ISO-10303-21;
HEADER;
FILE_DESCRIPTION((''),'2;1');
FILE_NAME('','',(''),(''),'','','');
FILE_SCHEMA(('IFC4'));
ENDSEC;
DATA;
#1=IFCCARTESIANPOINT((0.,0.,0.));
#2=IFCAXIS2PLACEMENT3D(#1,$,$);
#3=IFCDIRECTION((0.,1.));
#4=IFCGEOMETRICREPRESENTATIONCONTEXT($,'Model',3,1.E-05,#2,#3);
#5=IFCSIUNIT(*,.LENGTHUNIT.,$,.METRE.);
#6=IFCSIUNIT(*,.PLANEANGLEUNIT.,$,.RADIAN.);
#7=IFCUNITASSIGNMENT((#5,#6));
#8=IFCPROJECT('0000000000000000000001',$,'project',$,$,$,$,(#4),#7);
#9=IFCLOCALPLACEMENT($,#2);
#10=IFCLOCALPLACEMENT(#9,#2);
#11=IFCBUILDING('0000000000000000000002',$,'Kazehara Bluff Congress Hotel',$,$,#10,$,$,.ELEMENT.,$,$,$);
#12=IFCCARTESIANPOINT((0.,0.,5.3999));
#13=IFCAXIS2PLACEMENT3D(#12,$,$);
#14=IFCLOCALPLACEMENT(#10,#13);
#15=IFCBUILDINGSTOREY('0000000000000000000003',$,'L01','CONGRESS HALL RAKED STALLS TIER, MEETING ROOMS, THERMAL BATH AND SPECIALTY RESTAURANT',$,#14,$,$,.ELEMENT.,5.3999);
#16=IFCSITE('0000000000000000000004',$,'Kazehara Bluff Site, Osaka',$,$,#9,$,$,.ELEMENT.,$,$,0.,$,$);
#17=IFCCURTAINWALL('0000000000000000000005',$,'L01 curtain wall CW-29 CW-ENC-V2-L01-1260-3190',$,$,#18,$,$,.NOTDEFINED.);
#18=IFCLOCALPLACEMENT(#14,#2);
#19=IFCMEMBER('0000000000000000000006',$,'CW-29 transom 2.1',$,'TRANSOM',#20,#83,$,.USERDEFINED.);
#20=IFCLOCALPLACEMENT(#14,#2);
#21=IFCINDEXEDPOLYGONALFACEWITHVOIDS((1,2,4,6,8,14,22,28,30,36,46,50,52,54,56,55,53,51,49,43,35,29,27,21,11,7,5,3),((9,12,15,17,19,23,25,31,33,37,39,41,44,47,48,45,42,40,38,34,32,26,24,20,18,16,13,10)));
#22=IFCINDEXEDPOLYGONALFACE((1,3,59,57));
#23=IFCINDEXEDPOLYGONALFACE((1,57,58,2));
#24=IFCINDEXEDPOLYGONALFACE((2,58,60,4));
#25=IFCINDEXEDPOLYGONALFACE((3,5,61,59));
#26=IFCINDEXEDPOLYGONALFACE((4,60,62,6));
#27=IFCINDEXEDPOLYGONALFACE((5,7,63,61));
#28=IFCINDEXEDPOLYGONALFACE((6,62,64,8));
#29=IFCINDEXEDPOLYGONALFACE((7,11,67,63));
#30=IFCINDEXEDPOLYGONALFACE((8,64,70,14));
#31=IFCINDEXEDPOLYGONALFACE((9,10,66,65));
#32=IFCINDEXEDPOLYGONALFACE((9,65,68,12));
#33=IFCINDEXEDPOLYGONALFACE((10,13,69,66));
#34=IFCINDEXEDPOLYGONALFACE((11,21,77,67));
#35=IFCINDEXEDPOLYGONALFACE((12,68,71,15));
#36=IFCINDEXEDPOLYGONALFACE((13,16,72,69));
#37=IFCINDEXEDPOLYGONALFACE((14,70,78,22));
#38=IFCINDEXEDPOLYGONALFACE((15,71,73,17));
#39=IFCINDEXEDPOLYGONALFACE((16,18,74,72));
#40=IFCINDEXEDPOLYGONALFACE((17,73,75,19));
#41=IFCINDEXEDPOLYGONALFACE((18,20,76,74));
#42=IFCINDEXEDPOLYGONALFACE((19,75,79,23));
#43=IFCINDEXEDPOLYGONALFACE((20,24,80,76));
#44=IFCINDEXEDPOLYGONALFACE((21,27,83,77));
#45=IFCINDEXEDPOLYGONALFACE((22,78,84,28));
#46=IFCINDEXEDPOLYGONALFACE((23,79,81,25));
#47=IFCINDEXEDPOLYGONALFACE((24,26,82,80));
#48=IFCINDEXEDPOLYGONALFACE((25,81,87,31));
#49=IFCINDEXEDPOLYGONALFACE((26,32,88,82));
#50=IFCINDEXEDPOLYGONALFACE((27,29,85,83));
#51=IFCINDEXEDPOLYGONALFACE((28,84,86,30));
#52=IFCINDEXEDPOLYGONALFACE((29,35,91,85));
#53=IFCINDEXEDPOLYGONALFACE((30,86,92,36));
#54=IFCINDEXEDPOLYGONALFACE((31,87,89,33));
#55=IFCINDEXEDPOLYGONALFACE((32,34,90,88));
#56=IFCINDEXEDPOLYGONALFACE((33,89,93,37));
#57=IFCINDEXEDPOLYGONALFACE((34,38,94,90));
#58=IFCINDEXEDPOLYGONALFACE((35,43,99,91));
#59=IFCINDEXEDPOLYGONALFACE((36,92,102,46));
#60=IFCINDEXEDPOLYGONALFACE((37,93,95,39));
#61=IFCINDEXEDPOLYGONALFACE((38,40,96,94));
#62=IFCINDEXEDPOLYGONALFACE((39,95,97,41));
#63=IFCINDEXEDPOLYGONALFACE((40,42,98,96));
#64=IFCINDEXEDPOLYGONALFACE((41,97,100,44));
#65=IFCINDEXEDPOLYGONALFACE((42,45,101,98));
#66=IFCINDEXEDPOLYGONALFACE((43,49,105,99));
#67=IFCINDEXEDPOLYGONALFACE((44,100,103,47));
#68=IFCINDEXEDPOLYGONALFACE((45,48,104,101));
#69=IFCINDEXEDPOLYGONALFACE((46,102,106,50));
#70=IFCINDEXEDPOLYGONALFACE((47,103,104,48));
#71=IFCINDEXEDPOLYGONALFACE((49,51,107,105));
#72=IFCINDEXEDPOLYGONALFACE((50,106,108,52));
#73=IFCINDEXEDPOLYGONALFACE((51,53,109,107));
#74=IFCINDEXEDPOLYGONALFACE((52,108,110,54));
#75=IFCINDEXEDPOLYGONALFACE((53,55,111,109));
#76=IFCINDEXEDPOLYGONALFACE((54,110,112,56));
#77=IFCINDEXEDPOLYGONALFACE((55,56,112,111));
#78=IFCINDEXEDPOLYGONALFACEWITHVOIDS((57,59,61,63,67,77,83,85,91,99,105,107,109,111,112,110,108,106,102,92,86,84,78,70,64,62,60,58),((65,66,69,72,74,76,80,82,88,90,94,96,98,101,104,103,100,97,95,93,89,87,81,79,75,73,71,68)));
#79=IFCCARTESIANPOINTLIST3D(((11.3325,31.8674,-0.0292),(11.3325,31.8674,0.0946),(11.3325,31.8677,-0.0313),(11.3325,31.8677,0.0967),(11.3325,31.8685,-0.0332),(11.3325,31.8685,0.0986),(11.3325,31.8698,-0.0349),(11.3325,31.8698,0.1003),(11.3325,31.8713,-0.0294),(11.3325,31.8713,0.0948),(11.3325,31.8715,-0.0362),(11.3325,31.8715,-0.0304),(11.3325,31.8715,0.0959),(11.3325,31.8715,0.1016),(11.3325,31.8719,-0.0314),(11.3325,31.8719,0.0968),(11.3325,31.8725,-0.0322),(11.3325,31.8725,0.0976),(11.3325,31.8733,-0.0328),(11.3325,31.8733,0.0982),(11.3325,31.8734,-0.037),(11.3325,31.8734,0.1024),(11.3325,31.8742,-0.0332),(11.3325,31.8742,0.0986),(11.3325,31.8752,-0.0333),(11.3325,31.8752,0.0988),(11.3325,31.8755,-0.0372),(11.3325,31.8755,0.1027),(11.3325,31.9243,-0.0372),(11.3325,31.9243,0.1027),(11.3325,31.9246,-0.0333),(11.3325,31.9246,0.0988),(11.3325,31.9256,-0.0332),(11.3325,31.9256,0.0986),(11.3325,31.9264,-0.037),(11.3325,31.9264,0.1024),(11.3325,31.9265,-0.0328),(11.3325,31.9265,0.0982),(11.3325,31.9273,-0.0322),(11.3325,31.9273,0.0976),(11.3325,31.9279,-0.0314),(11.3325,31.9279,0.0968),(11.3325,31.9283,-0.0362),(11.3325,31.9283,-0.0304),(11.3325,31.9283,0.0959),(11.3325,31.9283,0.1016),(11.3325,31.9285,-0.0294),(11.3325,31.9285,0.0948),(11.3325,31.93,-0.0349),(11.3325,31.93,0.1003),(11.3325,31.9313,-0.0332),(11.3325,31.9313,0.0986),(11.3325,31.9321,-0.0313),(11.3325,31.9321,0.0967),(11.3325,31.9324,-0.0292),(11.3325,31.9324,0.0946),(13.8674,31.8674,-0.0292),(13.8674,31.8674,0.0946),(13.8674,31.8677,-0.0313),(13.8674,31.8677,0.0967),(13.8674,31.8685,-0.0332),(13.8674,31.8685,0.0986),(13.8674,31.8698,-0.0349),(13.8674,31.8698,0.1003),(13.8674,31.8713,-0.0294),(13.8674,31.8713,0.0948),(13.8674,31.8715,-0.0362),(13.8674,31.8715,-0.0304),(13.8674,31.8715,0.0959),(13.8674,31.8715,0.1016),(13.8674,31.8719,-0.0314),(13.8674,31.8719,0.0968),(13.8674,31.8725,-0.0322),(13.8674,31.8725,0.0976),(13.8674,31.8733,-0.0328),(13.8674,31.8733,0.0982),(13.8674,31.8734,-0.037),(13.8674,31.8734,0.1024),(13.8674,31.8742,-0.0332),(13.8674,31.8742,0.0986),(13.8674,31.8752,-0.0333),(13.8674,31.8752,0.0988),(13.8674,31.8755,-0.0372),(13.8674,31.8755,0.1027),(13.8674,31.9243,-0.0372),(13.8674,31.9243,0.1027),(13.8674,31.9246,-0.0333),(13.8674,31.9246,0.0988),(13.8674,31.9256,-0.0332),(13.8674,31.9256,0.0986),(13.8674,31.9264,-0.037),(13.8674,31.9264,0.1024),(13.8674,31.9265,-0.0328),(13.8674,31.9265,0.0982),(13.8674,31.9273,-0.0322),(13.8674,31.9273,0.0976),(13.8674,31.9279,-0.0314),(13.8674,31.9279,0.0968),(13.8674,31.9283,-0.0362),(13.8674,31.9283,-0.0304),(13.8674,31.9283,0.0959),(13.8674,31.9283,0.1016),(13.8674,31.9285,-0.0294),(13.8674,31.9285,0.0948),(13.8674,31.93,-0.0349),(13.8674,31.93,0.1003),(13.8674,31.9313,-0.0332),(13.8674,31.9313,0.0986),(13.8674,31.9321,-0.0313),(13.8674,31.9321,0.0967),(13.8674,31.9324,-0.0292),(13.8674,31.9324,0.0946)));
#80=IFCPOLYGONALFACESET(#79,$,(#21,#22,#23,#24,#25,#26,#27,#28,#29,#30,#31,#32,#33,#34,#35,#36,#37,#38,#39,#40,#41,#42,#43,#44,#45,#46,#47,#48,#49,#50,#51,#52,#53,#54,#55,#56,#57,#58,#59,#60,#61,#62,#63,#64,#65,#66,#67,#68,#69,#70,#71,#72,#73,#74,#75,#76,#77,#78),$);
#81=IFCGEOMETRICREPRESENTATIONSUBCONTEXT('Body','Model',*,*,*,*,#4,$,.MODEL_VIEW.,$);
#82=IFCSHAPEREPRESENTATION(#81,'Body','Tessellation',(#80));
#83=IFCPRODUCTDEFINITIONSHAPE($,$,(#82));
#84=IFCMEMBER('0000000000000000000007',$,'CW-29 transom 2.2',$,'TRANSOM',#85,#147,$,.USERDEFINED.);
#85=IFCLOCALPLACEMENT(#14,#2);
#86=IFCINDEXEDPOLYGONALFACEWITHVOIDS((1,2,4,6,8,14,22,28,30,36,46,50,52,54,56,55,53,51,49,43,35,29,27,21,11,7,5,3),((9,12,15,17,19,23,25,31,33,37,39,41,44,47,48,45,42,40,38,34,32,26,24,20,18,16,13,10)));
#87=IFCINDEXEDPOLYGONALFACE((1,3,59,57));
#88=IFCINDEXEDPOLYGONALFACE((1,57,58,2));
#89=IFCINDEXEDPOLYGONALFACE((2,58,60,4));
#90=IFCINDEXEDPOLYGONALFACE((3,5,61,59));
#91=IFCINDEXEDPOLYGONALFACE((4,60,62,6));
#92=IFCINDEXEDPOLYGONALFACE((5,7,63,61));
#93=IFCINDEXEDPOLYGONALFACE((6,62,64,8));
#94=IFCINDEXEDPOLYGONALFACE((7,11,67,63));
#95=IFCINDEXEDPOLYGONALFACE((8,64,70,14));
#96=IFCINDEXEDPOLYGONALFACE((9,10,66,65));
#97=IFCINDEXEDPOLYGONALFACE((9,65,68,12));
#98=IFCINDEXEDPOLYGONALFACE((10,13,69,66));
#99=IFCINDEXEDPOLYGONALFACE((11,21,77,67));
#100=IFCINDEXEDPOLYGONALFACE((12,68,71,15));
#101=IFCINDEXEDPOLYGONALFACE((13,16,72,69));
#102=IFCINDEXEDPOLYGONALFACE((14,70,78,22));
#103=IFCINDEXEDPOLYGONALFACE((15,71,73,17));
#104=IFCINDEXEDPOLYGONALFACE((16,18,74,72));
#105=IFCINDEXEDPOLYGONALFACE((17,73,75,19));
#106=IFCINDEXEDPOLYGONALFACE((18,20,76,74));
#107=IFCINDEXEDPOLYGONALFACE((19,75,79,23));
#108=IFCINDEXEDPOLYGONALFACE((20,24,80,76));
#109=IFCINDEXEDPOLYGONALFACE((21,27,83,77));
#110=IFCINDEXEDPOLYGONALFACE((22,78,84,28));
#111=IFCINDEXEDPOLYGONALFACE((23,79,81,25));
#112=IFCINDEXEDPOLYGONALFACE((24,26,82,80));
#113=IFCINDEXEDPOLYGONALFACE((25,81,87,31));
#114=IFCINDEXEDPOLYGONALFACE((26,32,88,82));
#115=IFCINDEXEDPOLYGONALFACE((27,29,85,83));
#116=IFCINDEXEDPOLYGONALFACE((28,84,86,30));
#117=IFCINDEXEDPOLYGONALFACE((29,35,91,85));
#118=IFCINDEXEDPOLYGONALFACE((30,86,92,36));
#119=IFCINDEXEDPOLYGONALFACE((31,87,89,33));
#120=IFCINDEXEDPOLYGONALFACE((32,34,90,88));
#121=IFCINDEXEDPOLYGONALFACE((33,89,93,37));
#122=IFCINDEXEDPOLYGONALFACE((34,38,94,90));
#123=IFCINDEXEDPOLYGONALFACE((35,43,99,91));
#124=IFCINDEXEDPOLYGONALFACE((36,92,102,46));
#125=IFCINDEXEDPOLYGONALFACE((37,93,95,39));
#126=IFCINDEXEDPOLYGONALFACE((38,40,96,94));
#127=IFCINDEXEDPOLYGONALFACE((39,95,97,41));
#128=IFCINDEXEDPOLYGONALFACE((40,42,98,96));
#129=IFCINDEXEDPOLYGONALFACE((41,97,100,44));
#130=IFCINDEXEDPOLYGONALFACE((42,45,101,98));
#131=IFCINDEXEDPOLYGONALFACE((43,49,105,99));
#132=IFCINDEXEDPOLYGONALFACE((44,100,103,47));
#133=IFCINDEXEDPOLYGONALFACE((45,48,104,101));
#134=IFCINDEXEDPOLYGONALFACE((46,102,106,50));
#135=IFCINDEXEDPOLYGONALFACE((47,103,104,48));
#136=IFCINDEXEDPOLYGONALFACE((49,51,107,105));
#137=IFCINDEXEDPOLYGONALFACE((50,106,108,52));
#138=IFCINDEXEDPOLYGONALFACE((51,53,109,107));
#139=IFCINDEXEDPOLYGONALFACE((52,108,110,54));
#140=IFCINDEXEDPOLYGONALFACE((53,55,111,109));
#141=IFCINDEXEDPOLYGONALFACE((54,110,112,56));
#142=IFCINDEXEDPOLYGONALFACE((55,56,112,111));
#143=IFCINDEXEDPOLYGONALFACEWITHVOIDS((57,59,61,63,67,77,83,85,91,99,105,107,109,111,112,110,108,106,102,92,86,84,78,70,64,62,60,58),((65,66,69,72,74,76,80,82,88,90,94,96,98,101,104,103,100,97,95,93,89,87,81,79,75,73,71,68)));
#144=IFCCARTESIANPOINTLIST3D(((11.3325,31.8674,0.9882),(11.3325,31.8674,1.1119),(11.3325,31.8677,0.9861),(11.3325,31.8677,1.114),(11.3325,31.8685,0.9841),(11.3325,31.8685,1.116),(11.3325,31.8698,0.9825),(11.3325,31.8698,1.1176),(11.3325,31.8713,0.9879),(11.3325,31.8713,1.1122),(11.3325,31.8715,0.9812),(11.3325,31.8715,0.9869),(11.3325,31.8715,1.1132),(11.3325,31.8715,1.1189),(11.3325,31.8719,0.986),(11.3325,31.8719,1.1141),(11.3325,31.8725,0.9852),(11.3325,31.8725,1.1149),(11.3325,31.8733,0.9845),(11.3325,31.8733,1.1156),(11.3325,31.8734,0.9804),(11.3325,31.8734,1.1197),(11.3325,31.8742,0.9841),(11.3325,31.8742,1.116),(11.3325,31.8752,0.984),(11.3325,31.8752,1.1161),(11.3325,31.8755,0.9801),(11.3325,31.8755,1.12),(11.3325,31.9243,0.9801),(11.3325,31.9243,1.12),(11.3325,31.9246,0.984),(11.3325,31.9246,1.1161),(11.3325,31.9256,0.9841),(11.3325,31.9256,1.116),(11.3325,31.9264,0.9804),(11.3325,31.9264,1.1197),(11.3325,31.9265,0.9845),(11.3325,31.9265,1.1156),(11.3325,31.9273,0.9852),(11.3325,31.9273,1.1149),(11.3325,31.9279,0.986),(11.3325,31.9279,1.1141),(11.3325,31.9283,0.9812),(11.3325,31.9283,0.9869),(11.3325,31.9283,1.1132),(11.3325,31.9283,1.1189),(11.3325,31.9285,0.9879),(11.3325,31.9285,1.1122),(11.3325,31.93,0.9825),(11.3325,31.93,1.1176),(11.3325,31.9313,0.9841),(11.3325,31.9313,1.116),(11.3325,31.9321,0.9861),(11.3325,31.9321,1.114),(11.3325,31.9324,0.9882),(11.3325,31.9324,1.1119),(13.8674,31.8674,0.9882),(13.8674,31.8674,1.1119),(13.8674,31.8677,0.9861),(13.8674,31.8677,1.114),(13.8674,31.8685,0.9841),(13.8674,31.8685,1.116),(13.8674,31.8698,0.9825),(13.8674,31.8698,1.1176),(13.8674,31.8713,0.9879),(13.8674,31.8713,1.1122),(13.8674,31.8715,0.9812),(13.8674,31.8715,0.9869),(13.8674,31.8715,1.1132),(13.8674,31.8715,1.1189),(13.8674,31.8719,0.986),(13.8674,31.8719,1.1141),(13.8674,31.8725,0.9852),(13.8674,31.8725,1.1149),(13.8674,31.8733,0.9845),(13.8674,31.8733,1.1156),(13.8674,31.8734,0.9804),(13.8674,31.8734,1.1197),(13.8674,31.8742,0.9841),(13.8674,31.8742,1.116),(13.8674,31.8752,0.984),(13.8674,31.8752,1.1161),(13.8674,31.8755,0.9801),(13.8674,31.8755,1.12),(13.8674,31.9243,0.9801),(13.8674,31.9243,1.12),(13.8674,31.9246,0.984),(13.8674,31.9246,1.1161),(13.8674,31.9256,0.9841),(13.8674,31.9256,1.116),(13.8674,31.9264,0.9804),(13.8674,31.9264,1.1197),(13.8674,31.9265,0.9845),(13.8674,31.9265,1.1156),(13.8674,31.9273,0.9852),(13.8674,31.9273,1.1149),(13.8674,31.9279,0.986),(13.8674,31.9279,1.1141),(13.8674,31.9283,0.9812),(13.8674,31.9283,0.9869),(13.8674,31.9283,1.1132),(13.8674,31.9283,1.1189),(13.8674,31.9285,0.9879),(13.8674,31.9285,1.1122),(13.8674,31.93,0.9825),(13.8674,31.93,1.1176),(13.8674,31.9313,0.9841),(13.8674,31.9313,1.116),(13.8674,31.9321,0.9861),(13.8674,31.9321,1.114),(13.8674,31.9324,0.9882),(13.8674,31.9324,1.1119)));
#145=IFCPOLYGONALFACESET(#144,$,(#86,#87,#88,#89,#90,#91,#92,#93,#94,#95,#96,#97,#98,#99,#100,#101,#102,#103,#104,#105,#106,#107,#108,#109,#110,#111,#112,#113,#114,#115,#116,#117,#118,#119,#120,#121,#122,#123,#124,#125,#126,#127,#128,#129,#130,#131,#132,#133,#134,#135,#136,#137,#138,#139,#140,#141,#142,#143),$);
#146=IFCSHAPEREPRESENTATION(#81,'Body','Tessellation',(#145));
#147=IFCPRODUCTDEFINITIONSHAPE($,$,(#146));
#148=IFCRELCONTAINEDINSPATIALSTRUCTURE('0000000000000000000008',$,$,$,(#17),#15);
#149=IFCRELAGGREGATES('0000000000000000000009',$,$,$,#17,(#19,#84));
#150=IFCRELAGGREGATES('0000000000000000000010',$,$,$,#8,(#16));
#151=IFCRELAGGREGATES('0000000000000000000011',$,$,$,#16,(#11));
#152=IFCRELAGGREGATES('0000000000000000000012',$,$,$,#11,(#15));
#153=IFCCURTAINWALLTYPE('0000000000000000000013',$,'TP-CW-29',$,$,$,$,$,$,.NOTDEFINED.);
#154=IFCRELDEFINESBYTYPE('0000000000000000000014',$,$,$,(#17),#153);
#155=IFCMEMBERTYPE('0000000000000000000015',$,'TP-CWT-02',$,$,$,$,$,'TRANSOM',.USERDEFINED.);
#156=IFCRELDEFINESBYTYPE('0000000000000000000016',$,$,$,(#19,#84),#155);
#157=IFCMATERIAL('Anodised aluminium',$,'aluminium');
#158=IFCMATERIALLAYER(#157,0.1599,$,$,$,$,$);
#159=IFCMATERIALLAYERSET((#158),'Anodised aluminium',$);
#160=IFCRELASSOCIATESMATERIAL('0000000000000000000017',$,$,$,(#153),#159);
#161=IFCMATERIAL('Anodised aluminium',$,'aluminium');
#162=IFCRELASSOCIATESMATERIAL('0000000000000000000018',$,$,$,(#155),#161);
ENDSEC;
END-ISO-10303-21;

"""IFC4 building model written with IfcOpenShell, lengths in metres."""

from ifc_helpers import new_model, si_unit, direction, frame, origin, origin_2d, place, context, subcontext, project, spatial, hollow_rectangle, extrude, material, layer, layer_set, material_profile, profile_set, type_object, element, aggregate, save


model = new_model("IFC4")

# Units and contexts
model_context = context("Model", 3, precision=1e-05, world=origin(), true_north=direction((0.0, 1.0)))
body_context = subcontext(model_context, "Body", "Model", "MODEL_VIEW")
ifc_project = project(units=[si_unit("LENGTHUNIT", "METRE"), si_unit("PLANEANGLEUNIT", "RADIAN")], contexts=[model_context])

# Site, building, storey
site_placement = place(None, origin())
site = spatial("IfcSite", under=ifc_project, at=site_placement, Name="Kazehara Bluff Site, Osaka", CompositionType="ELEMENT", RefElevation=0.0)
building_placement = place(site_placement, origin())
building = spatial("IfcBuilding", under=site, at=building_placement, Name="Kazehara Bluff Congress Hotel", CompositionType="ELEMENT")
storey_placement = place(building_placement, frame((0.0, 0.0, 5.3999)))
storey = spatial("IfcBuildingStorey", under=building, at=storey_placement, Name="L01", Description="CONGRESS HALL RAKED STALLS TIER, MEETING ROOMS, THERMAL BATH AND SPECIALTY RESTAURANT", CompositionType="ELEMENT", Elevation=5.3999)

# Curtain wall
ifc_material_1 = material(Name="Anodised aluminium", Category="aluminium")
ifc_layer_1 = layer(ifc_material_1, 0.1599)
ifc_layer_set_1 = layer_set([ifc_layer_1], Name="Anodised aluminium")
curtain_wall_type_1 = type_object("IfcCurtainWallType", Name="TP-CW-29", PredefinedType="NOTDEFINED", material=ifc_layer_set_1)
curtain_wall_1_placement = place(storey_placement, origin())
curtain_wall_1 = element("IfcCurtainWall", 1, at=curtain_wall_1_placement, inside=storey, type_object=curtain_wall_type_1, Name="L01 curtain wall CW-29 CW-ENC-V2-L01-1260-3190", PredefinedType="NOTDEFINED")

# Members
ifc_material_2 = material(Name="Anodised aluminium", Category="aluminium")
ifc_material_profile_1 = material_profile(ifc_material_2, hollow_rectangle(XDim=0.0649, YDim=0.1399, WallThickness=0.0039, InnerFilletRadius=0.0039, OuterFilletRadius=0.0081, at=origin_2d()))
ifc_profile_set_1 = profile_set([ifc_material_profile_1], Name="Anodised aluminium")
member_type_1 = type_object("IfcMemberType", Name="TP-CWT-02", ElementType="TRANSOM", PredefinedType="USERDEFINED", material=ifc_profile_set_1)
member_1_placement = place(storey_placement, frame((11.3325, 31.8999, 0.0327), z_axis=(1.0, 0.0, 0.0), x_axis=(0.0, 1.0, 0.0)))
member_1 = element("IfcMember", 2, at=member_1_placement, type_object=member_type_1, Name="CW-29 transom 2.1", ObjectType="TRANSOM", PredefinedType="USERDEFINED", context=body_context, shape_type="SweptSolid", body=[
    extrude(hollow_rectangle(XDim=0.0649, YDim=0.1399, WallThickness=0.0039, InnerFilletRadius=0.0039, OuterFilletRadius=0.0081, at=origin_2d()), origin(), (0.0, 0.0, 1.0), 2.5349),
])
member_2_placement = place(storey_placement, frame((11.3325, 31.8999, 1.05), z_axis=(1.0, 0.0, 0.0), x_axis=(0.0, 1.0, 0.0)))
member_2 = element("IfcMember", 3, at=member_2_placement, type_object=member_type_1, Name="CW-29 transom 2.2", ObjectType="TRANSOM", PredefinedType="USERDEFINED", context=body_context, shape_type="SweptSolid", body=[
    extrude(hollow_rectangle(XDim=0.0649, YDim=0.1399, WallThickness=0.0039, InnerFilletRadius=0.0039, OuterFilletRadius=0.0081, at=origin_2d()), origin(), (0.0, 0.0, 1.0), 2.5349),
])

aggregate(curtain_wall_1, [member_1, member_2])

save(model, "model.ifc")
